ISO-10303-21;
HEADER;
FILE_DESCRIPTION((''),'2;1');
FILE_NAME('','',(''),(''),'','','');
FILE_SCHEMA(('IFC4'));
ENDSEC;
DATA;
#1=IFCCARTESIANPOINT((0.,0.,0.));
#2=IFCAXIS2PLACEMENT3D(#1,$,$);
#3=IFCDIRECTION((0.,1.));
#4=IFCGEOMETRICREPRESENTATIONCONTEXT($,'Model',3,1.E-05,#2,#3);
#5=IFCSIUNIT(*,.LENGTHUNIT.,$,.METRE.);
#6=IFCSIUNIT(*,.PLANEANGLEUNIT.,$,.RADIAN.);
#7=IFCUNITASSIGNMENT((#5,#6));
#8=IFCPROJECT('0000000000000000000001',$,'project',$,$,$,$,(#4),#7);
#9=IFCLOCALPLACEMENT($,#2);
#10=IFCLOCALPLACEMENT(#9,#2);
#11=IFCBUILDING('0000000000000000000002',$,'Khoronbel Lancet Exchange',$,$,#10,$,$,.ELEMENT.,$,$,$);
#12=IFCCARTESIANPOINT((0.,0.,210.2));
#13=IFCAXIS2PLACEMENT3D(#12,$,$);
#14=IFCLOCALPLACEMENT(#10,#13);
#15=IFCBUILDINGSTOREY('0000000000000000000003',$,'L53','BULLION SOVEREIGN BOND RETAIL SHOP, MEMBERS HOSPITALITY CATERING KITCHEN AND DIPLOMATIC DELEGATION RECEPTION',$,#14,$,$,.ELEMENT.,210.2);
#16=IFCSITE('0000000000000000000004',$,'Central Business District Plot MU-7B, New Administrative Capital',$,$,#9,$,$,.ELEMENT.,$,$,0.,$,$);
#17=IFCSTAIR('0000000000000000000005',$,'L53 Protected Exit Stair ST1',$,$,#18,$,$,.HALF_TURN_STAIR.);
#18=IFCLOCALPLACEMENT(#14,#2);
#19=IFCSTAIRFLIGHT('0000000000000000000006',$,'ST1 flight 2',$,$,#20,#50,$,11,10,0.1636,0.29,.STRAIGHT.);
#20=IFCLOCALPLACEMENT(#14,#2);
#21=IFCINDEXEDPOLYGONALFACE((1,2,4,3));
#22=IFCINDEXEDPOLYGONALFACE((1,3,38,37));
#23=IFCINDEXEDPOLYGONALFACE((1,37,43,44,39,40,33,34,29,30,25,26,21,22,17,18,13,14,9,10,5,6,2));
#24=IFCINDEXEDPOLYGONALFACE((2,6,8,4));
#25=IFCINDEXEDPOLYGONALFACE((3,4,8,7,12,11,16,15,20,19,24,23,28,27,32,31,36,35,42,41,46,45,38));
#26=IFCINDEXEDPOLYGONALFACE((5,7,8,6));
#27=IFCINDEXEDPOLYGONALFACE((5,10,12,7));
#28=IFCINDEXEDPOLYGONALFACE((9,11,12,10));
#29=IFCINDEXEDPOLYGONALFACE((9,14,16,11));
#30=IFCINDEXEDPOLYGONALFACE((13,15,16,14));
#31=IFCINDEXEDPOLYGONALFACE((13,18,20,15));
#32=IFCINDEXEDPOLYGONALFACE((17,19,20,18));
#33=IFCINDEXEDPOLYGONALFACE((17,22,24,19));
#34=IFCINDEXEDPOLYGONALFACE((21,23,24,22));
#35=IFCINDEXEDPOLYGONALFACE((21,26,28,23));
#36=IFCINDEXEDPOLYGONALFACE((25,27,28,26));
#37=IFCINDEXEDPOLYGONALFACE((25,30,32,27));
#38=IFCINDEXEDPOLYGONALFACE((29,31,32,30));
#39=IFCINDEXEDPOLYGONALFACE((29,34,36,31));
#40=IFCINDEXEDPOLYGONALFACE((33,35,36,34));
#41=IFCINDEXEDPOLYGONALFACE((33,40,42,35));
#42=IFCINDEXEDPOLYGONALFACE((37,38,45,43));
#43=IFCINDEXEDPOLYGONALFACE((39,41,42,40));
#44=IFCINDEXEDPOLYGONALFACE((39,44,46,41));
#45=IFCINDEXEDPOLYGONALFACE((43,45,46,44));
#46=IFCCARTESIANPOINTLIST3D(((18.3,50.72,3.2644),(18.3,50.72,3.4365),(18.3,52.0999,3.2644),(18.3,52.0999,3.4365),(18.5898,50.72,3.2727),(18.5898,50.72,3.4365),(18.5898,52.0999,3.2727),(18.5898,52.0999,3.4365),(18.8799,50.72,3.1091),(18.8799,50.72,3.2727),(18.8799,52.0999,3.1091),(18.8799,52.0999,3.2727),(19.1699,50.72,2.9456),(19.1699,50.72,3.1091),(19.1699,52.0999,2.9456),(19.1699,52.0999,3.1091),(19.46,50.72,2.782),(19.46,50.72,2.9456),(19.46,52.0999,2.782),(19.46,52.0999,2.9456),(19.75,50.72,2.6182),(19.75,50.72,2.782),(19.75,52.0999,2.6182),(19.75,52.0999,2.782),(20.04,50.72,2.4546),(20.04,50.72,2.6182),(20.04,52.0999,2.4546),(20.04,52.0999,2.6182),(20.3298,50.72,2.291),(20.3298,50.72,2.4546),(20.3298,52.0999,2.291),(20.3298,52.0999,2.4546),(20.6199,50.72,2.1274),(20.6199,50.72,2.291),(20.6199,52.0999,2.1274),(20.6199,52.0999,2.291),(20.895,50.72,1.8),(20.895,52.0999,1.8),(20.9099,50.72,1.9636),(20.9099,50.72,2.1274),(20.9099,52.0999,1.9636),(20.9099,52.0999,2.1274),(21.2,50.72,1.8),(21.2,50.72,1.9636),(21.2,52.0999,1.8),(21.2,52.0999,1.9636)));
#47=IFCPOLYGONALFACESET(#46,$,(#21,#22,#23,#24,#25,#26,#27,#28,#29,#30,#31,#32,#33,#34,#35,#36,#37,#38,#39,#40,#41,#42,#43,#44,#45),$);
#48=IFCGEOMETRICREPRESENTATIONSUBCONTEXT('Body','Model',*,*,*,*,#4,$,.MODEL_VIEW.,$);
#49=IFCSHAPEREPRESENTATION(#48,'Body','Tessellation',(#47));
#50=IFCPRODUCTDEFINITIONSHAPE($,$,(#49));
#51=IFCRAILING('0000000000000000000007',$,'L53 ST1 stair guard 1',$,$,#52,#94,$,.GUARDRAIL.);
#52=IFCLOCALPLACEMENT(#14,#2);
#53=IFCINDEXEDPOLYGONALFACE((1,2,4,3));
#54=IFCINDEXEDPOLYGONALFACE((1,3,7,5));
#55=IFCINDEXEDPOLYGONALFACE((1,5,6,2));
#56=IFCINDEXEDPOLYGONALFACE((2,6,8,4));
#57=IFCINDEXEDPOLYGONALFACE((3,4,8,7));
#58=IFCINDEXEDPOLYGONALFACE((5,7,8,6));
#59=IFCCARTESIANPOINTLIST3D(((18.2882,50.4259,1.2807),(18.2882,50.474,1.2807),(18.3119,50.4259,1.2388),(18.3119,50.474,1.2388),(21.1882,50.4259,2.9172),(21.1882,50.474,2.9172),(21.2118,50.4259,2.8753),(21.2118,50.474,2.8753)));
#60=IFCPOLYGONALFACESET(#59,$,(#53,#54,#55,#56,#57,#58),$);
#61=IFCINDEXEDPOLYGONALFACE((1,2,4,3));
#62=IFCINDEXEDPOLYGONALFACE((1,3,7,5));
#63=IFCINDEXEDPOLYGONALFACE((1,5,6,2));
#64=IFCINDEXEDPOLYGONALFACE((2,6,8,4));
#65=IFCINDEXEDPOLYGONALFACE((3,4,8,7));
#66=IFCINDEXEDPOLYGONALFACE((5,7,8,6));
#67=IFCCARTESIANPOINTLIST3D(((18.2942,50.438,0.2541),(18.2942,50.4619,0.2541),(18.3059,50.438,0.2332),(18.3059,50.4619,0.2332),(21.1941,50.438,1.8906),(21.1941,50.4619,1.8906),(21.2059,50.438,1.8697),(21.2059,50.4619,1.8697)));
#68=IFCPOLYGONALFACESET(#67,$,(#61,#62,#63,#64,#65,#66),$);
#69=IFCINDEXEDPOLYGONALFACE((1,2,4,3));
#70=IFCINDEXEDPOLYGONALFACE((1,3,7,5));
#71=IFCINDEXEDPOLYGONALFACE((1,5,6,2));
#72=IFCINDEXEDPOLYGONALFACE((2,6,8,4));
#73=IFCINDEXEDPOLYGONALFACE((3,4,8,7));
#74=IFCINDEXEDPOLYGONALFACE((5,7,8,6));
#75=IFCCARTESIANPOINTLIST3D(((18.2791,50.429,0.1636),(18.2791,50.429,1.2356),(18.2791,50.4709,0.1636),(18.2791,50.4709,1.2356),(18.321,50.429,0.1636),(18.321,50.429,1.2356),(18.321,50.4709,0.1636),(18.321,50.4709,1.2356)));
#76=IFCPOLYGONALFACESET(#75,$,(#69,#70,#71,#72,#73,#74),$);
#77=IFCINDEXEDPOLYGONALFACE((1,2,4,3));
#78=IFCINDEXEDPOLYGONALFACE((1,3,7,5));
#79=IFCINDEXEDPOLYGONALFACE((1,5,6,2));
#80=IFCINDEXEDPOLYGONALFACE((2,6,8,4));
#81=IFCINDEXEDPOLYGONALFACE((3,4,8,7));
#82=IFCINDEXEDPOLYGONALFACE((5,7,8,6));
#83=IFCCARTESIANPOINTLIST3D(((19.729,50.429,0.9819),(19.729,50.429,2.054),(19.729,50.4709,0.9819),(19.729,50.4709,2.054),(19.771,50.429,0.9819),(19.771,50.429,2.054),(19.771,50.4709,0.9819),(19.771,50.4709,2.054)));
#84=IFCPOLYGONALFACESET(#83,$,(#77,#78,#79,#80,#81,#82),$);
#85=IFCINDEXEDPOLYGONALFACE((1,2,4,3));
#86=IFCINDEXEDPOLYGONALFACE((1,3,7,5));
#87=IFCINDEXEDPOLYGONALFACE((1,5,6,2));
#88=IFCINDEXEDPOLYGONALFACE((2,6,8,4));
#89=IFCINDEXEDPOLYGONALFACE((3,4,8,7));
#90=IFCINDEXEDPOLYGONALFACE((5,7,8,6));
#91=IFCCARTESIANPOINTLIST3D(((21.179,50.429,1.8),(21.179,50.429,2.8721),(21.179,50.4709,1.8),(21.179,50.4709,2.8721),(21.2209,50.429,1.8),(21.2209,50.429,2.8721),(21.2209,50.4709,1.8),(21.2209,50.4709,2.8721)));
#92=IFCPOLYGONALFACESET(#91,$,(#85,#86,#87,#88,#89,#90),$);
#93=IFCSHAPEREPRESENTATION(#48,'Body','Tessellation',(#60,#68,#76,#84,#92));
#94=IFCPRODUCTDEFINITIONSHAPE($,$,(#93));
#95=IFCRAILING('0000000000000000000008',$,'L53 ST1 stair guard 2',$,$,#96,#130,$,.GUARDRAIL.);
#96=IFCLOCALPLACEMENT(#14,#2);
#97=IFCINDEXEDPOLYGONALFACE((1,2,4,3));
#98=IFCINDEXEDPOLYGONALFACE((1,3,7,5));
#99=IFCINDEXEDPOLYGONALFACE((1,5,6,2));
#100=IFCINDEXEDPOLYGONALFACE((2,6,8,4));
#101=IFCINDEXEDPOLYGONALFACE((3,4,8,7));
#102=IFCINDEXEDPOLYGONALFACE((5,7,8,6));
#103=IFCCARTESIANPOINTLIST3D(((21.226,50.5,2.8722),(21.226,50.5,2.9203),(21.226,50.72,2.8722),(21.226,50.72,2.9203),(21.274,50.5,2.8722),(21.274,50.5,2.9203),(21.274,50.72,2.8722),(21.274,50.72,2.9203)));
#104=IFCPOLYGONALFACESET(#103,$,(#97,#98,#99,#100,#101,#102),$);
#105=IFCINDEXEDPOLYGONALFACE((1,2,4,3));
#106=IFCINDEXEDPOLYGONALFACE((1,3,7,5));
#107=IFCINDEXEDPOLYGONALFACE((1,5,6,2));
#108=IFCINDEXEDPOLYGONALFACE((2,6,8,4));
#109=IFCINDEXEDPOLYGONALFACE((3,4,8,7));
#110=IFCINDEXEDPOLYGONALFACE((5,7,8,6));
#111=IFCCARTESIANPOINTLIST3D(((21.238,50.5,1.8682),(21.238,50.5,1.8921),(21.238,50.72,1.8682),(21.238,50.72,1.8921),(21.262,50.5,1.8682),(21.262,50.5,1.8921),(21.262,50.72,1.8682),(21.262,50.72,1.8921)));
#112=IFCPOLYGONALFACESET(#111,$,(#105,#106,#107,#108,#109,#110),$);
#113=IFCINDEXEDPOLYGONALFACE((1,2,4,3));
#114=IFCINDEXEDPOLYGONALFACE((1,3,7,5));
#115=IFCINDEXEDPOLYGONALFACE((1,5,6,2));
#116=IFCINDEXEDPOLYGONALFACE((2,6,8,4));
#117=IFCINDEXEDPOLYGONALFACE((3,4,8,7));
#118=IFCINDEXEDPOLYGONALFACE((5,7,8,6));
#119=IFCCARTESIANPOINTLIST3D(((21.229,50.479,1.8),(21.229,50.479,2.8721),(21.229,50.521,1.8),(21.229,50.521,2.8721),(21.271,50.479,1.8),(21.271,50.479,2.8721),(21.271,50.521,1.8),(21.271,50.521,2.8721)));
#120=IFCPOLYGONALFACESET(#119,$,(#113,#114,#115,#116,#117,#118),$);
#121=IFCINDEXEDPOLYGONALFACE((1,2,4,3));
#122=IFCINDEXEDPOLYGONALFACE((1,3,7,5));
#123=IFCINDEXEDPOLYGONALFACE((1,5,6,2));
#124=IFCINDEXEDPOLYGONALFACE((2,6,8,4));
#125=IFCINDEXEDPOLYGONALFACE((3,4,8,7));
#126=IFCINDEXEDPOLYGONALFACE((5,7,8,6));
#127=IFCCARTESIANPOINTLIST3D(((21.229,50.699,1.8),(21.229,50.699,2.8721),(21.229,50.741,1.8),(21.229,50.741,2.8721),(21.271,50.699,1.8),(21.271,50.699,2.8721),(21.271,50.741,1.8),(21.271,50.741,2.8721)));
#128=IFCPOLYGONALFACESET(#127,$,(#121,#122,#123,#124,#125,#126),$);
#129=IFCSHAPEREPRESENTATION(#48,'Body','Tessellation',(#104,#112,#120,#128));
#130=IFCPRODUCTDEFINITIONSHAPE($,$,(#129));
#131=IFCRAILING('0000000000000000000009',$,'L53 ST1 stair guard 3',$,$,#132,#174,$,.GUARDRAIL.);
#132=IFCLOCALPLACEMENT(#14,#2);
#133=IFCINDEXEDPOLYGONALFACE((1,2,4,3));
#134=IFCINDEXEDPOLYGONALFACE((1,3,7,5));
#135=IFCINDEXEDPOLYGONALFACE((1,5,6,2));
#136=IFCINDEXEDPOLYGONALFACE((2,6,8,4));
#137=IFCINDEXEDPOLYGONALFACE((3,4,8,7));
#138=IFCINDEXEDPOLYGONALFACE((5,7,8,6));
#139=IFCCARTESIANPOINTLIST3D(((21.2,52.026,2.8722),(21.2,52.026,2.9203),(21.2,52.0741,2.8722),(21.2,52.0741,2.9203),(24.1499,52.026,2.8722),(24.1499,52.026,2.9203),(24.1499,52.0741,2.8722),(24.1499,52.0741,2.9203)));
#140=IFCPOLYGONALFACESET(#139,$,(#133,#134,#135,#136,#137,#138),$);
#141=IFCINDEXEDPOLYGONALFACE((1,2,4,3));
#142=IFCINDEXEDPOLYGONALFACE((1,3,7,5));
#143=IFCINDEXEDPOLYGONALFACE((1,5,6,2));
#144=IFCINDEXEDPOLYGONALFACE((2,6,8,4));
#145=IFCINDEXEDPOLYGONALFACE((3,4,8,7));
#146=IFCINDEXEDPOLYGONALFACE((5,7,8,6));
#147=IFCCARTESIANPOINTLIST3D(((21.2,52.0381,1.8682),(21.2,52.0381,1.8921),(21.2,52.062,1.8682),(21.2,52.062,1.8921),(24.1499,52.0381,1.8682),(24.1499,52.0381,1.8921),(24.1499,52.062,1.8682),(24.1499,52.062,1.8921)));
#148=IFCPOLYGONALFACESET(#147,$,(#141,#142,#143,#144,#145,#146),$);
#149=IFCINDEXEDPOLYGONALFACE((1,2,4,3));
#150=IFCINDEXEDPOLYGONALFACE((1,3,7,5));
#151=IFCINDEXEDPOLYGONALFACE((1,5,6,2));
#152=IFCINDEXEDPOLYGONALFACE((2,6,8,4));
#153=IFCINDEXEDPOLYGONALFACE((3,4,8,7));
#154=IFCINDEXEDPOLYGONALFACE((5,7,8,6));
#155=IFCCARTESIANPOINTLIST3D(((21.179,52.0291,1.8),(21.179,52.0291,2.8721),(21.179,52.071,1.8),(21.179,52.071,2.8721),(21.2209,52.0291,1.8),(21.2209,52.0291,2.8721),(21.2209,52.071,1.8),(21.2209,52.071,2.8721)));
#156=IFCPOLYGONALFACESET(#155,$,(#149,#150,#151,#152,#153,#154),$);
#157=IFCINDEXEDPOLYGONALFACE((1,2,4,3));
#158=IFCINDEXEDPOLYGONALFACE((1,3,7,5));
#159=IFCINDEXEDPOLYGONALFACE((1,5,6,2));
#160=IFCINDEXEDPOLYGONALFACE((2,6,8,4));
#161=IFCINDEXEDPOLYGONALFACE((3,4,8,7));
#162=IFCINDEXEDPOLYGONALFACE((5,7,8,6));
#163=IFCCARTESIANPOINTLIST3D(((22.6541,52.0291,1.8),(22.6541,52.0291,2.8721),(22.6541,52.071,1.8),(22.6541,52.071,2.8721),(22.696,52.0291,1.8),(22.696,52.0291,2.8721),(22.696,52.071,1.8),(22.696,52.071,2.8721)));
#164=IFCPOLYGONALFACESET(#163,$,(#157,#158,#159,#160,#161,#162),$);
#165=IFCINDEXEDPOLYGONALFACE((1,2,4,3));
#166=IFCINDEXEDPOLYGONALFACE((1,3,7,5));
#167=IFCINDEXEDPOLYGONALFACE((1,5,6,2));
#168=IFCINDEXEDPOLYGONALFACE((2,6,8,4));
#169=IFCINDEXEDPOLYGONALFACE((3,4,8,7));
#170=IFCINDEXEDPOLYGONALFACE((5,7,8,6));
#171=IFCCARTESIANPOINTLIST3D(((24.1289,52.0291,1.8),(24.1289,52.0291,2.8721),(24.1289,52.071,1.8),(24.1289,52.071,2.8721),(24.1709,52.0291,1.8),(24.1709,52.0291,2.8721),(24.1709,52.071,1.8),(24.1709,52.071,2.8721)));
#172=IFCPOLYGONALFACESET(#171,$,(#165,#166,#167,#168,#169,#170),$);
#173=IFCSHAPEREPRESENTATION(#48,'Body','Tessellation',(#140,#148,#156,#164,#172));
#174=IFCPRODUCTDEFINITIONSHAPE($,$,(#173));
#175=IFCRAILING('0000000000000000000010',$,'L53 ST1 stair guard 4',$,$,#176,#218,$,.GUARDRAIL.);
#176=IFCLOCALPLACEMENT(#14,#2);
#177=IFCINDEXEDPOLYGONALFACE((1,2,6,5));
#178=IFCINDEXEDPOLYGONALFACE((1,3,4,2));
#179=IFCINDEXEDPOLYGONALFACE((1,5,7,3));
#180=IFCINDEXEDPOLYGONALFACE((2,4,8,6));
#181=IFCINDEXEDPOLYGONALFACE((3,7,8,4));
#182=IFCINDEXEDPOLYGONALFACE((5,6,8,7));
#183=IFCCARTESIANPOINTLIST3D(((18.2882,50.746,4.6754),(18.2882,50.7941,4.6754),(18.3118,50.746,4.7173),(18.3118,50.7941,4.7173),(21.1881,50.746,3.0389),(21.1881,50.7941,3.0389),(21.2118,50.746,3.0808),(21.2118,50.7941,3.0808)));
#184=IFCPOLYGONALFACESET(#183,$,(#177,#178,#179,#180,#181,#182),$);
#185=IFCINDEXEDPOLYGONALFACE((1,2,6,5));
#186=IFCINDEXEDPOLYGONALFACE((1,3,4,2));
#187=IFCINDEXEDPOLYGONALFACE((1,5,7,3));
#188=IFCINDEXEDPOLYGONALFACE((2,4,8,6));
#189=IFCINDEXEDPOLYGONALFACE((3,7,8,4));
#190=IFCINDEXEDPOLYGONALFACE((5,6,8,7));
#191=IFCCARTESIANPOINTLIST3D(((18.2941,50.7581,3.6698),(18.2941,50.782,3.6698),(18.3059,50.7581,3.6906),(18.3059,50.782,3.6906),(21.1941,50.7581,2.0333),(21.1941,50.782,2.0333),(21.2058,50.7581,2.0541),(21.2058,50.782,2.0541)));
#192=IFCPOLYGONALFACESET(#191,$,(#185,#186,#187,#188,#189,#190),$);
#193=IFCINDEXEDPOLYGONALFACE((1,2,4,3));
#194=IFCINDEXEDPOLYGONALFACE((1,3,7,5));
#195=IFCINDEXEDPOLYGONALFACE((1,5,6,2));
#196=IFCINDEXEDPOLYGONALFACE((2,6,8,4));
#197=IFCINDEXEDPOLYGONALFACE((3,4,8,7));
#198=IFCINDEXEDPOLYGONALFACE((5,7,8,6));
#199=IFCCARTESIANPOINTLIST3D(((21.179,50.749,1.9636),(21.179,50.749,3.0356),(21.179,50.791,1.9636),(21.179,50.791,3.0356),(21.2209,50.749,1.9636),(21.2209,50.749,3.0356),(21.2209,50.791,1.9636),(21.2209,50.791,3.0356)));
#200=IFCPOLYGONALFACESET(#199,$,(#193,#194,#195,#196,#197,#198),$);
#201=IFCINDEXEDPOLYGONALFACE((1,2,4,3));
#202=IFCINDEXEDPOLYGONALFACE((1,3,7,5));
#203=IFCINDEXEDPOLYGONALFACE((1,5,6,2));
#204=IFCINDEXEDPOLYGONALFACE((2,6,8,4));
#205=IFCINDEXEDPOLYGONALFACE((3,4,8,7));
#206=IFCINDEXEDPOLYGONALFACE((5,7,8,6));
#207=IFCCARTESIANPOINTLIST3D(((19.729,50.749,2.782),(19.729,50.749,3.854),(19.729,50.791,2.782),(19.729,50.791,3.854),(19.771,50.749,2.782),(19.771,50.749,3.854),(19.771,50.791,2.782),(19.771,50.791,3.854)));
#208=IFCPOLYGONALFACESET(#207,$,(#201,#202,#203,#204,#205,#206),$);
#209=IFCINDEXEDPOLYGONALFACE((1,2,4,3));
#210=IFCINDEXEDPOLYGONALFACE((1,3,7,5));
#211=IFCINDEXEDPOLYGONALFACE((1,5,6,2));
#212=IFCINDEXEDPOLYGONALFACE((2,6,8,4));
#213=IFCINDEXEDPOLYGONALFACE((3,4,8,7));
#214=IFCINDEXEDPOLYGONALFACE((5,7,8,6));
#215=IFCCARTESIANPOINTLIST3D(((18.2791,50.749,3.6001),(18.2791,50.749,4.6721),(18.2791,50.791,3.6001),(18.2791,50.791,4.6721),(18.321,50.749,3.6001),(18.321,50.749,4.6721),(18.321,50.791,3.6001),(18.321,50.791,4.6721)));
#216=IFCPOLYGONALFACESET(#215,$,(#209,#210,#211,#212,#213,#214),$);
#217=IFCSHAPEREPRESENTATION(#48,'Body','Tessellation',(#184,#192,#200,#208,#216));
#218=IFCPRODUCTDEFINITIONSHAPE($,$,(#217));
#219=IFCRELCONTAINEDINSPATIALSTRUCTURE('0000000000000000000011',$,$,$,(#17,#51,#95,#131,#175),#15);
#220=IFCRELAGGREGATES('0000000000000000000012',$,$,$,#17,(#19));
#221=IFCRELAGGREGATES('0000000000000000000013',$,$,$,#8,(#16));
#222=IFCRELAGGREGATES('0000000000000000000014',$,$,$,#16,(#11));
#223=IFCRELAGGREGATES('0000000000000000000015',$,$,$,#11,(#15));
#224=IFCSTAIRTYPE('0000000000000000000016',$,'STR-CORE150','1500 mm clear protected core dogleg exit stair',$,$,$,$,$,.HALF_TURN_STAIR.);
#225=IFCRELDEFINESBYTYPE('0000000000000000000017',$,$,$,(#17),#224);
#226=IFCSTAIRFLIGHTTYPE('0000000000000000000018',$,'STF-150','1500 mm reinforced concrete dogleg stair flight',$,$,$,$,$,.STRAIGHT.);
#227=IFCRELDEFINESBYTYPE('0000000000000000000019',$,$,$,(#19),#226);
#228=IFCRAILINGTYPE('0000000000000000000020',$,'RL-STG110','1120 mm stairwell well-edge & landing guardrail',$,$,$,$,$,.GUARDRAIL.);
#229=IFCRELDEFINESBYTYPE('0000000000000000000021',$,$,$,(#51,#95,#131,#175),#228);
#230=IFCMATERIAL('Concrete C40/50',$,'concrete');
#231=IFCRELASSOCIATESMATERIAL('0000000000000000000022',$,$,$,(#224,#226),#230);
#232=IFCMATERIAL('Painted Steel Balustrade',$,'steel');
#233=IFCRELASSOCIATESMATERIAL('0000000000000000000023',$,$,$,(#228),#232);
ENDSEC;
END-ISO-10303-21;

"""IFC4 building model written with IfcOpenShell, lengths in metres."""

from ifc_helpers import new_model, si_unit, direction, frame, origin, origin_2d, place, context, subcontext, project, spatial, polyline, rectangle, outline, extrude, material, type_object, element, aggregate, save


model = new_model("IFC4")

# Units and contexts
model_context = context("Model", 3, precision=1e-05, world=origin(), true_north=direction((0.0, 1.0)))
body_context = subcontext(model_context, "Body", "Model", "MODEL_VIEW")
ifc_project = project(units=[si_unit("LENGTHUNIT", "METRE"), si_unit("PLANEANGLEUNIT", "RADIAN")], contexts=[model_context])

# Site, building, storey
site_placement = place(None, origin())
site = spatial("IfcSite", under=ifc_project, at=site_placement, Name="Central Business District Plot MU-7B, New Administrative Capital", CompositionType="ELEMENT", RefElevation=0.0)
building_placement = place(site_placement, origin())
building = spatial("IfcBuilding", under=site, at=building_placement, Name="Khoronbel Lancet Exchange", CompositionType="ELEMENT")
storey_placement = place(building_placement, frame((0.0, 0.0, 210.2)))
storey = spatial("IfcBuildingStorey", under=building, at=storey_placement, Name="L53", Description="BULLION SOVEREIGN BOND RETAIL SHOP, MEMBERS HOSPITALITY CATERING KITCHEN AND DIPLOMATIC DELEGATION RECEPTION", CompositionType="ELEMENT", Elevation=210.2)

# Stair, stair flight
ifc_material_1 = material(Name="Concrete C40/50", Category="concrete")
stair_type = type_object("IfcStairType", Name="STR-CORE150", Description="1500 mm clear protected core dogleg exit stair", PredefinedType="HALF_TURN_STAIR", material=ifc_material_1)
stair_placement = place(storey_placement, origin())
stair = element("IfcStair", 1, at=stair_placement, inside=storey, type_object=stair_type, Name="L53 Protected Exit Stair ST1", PredefinedType="HALF_TURN_STAIR")
stair_flight_type = type_object("IfcStairFlightType", Name="STF-150", Description="1500 mm reinforced concrete dogleg stair flight", PredefinedType="STRAIGHT", material=ifc_material_1)
stair_flight_placement = place(storey_placement, frame((21.2, 51.4099, 1.8), z_axis=(0.0, 0.0, 1.0), x_axis=(-1.0, 0.0, 0.0)))
stair_flight = element("IfcStairFlight", 2, at=stair_flight_placement, type_object=stair_flight_type, Name="ST1 flight 2", NumberOfRisers=11, NumberOfTreads=10, PredefinedType="STRAIGHT", RiserHeight=0.1636, TreadLength=0.29, context=body_context, shape_type="SweptSolid", body=[
    extrude(outline(polyline([(0.0, 0.0), (0.0, 0.1636), (0.29, 0.1636), (0.29, 0.3274), (0.5801, 0.3274), (0.5801, 0.491), (0.8701, 0.491), (0.8701, 0.6545), (1.1599, 0.6545), (1.1599, 0.8181), (1.45, 0.8181), (1.45, 0.9819), (1.74, 0.9819), (1.74, 1.1455), (2.03, 1.1455), (2.03, 1.3091), (2.3201, 1.3091), (2.3201, 1.4727), (2.6101, 1.4727), (2.6101, 1.6365), (2.8999, 1.6365), (2.8999, 1.8), (2.8999, 1.4644), (0.3049, 0.0), (0.0, 0.0)])), frame((0.0, 0.6899, 0.0), z_axis=(0.0, -1.0, 0.0), x_axis=(1.0, 0.0, 0.0)), (0.0, 0.0, 1.0), 1.3799),
])
aggregate(stair, [stair_flight])

# Railings
ifc_material_2 = material(Name="Painted Steel Balustrade", Category="steel")
railing_type_1 = type_object("IfcRailingType", Name="RL-STG110", Description="1120 mm stairwell well-edge & landing guardrail", PredefinedType="GUARDRAIL", material=ifc_material_2)
railing_1_placement = place(storey_placement, frame((18.3, 50.45, 0.1636)))
element("IfcRailing", 3, at=railing_1_placement, inside=storey, type_object=railing_type_1, Name="L53 ST1 stair guard 1", PredefinedType="GUARDRAIL", context=body_context, shape_type="SweptSolid", body=[
    extrude(rectangle(XDim=0.0481, YDim=0.0481, at=origin_2d()), frame((0.0, 0.0, 1.0962), z_axis=(0.870897, 0.0, 0.491465), x_axis=(0.0, 1.0, 0.0)), (0.0, 0.0, 1.0), 3.3298),
    extrude(rectangle(XDim=0.0239, YDim=0.0239, at=origin_2d()), frame((0.0, 0.0, 0.0801), z_axis=(0.870897, 0.0, 0.491465), x_axis=(0.0, 1.0, 0.0)), (0.0, 0.0, 1.0), 3.3298),
    extrude(rectangle(XDim=0.042, YDim=0.042, at=origin_2d()), origin(), (0.0, 0.0, 1.0), 1.072),
    extrude(rectangle(XDim=0.042, YDim=0.042, at=origin_2d()), frame((1.45, 0.0, 0.8184)), (0.0, 0.0, 1.0), 1.072),
    extrude(rectangle(XDim=0.042, YDim=0.042, at=origin_2d()), frame((2.8999, 0.0, 1.6365)), (0.0, 0.0, 1.0), 1.072),
])
railing_2_placement = place(storey_placement, frame((21.25, 50.5, 1.8)))
element("IfcRailing", 4, at=railing_2_placement, inside=storey, type_object=railing_type_1, Name="L53 ST1 stair guard 2", PredefinedType="GUARDRAIL", context=body_context, shape_type="SweptSolid", body=[
    extrude(rectangle(XDim=0.0481, YDim=0.0481, at=origin_2d()), frame((0.0, 0.0, 1.0962), z_axis=(0.0, 1.0, 0.0), x_axis=(-1.0, 0.0, 0.0)), (0.0, 0.0, 1.0), 0.22),
    extrude(rectangle(XDim=0.0239, YDim=0.0239, at=origin_2d()), frame((0.0, 0.0, 0.0801), z_axis=(0.0, 1.0, 0.0), x_axis=(-1.0, 0.0, 0.0)), (0.0, 0.0, 1.0), 0.22),
    extrude(rectangle(XDim=0.042, YDim=0.042, at=origin_2d()), origin(), (0.0, 0.0, 1.0), 1.072),
    extrude(rectangle(XDim=0.042, YDim=0.042, at=origin_2d()), frame((0.0, 0.22, 0.0)), (0.0, 0.0, 1.0), 1.072),
])
railing_3_placement = place(storey_placement, frame((21.2, 52.05, 1.8)))
element("IfcRailing", 5, at=railing_3_placement, inside=storey, type_object=railing_type_1, Name="L53 ST1 stair guard 3", PredefinedType="GUARDRAIL", context=body_context, shape_type="SweptSolid", body=[
    extrude(rectangle(XDim=0.0481, YDim=0.0481, at=origin_2d()), frame((0.0, 0.0, 1.0962), z_axis=(1.0, 0.0, 0.0), x_axis=(0.0, 1.0, 0.0)), (0.0, 0.0, 1.0), 2.95),
    extrude(rectangle(XDim=0.0239, YDim=0.0239, at=origin_2d()), frame((0.0, 0.0, 0.0801), z_axis=(1.0, 0.0, 0.0), x_axis=(0.0, 1.0, 0.0)), (0.0, 0.0, 1.0), 2.95),
    extrude(rectangle(XDim=0.042, YDim=0.042, at=origin_2d()), origin(), (0.0, 0.0, 1.0), 1.072),
    extrude(rectangle(XDim=0.042, YDim=0.042, at=origin_2d()), frame((1.4751, 0.0, 0.0)), (0.0, 0.0, 1.0), 1.072),
    extrude(rectangle(XDim=0.042, YDim=0.042, at=origin_2d()), frame((2.95, 0.0, 0.0)), (0.0, 0.0, 1.0), 1.072),
])
railing_4_placement = place(storey_placement, frame((21.2, 50.77, 1.9636)))
element("IfcRailing", 6, at=railing_4_placement, inside=storey, type_object=railing_type_1, Name="L53 ST1 stair guard 4", PredefinedType="GUARDRAIL", context=body_context, shape_type="SweptSolid", body=[
    extrude(rectangle(XDim=0.0481, YDim=0.0481, at=origin_2d()), frame((0.0, 0.0, 1.0962), z_axis=(-0.870897, 0.0, 0.491465), x_axis=(0.0, -1.0, 0.0)), (0.0, 0.0, 1.0), 3.3298),
    extrude(rectangle(XDim=0.0239, YDim=0.0239, at=origin_2d()), frame((0.0, 0.0, 0.0801), z_axis=(-0.870897, 0.0, 0.491465), x_axis=(0.0, -1.0, 0.0)), (0.0, 0.0, 1.0), 3.3298),
    extrude(rectangle(XDim=0.042, YDim=0.042, at=origin_2d()), origin(), (0.0, 0.0, 1.0), 1.072),
    extrude(rectangle(XDim=0.042, YDim=0.042, at=origin_2d()), frame((-1.45, 0.0, 0.8184)), (0.0, 0.0, 1.0), 1.072),
    extrude(rectangle(XDim=0.042, YDim=0.042, at=origin_2d()), frame((-2.8999, 0.0, 1.6365)), (0.0, 0.0, 1.0), 1.072),
])

save(model, "model.ifc")
